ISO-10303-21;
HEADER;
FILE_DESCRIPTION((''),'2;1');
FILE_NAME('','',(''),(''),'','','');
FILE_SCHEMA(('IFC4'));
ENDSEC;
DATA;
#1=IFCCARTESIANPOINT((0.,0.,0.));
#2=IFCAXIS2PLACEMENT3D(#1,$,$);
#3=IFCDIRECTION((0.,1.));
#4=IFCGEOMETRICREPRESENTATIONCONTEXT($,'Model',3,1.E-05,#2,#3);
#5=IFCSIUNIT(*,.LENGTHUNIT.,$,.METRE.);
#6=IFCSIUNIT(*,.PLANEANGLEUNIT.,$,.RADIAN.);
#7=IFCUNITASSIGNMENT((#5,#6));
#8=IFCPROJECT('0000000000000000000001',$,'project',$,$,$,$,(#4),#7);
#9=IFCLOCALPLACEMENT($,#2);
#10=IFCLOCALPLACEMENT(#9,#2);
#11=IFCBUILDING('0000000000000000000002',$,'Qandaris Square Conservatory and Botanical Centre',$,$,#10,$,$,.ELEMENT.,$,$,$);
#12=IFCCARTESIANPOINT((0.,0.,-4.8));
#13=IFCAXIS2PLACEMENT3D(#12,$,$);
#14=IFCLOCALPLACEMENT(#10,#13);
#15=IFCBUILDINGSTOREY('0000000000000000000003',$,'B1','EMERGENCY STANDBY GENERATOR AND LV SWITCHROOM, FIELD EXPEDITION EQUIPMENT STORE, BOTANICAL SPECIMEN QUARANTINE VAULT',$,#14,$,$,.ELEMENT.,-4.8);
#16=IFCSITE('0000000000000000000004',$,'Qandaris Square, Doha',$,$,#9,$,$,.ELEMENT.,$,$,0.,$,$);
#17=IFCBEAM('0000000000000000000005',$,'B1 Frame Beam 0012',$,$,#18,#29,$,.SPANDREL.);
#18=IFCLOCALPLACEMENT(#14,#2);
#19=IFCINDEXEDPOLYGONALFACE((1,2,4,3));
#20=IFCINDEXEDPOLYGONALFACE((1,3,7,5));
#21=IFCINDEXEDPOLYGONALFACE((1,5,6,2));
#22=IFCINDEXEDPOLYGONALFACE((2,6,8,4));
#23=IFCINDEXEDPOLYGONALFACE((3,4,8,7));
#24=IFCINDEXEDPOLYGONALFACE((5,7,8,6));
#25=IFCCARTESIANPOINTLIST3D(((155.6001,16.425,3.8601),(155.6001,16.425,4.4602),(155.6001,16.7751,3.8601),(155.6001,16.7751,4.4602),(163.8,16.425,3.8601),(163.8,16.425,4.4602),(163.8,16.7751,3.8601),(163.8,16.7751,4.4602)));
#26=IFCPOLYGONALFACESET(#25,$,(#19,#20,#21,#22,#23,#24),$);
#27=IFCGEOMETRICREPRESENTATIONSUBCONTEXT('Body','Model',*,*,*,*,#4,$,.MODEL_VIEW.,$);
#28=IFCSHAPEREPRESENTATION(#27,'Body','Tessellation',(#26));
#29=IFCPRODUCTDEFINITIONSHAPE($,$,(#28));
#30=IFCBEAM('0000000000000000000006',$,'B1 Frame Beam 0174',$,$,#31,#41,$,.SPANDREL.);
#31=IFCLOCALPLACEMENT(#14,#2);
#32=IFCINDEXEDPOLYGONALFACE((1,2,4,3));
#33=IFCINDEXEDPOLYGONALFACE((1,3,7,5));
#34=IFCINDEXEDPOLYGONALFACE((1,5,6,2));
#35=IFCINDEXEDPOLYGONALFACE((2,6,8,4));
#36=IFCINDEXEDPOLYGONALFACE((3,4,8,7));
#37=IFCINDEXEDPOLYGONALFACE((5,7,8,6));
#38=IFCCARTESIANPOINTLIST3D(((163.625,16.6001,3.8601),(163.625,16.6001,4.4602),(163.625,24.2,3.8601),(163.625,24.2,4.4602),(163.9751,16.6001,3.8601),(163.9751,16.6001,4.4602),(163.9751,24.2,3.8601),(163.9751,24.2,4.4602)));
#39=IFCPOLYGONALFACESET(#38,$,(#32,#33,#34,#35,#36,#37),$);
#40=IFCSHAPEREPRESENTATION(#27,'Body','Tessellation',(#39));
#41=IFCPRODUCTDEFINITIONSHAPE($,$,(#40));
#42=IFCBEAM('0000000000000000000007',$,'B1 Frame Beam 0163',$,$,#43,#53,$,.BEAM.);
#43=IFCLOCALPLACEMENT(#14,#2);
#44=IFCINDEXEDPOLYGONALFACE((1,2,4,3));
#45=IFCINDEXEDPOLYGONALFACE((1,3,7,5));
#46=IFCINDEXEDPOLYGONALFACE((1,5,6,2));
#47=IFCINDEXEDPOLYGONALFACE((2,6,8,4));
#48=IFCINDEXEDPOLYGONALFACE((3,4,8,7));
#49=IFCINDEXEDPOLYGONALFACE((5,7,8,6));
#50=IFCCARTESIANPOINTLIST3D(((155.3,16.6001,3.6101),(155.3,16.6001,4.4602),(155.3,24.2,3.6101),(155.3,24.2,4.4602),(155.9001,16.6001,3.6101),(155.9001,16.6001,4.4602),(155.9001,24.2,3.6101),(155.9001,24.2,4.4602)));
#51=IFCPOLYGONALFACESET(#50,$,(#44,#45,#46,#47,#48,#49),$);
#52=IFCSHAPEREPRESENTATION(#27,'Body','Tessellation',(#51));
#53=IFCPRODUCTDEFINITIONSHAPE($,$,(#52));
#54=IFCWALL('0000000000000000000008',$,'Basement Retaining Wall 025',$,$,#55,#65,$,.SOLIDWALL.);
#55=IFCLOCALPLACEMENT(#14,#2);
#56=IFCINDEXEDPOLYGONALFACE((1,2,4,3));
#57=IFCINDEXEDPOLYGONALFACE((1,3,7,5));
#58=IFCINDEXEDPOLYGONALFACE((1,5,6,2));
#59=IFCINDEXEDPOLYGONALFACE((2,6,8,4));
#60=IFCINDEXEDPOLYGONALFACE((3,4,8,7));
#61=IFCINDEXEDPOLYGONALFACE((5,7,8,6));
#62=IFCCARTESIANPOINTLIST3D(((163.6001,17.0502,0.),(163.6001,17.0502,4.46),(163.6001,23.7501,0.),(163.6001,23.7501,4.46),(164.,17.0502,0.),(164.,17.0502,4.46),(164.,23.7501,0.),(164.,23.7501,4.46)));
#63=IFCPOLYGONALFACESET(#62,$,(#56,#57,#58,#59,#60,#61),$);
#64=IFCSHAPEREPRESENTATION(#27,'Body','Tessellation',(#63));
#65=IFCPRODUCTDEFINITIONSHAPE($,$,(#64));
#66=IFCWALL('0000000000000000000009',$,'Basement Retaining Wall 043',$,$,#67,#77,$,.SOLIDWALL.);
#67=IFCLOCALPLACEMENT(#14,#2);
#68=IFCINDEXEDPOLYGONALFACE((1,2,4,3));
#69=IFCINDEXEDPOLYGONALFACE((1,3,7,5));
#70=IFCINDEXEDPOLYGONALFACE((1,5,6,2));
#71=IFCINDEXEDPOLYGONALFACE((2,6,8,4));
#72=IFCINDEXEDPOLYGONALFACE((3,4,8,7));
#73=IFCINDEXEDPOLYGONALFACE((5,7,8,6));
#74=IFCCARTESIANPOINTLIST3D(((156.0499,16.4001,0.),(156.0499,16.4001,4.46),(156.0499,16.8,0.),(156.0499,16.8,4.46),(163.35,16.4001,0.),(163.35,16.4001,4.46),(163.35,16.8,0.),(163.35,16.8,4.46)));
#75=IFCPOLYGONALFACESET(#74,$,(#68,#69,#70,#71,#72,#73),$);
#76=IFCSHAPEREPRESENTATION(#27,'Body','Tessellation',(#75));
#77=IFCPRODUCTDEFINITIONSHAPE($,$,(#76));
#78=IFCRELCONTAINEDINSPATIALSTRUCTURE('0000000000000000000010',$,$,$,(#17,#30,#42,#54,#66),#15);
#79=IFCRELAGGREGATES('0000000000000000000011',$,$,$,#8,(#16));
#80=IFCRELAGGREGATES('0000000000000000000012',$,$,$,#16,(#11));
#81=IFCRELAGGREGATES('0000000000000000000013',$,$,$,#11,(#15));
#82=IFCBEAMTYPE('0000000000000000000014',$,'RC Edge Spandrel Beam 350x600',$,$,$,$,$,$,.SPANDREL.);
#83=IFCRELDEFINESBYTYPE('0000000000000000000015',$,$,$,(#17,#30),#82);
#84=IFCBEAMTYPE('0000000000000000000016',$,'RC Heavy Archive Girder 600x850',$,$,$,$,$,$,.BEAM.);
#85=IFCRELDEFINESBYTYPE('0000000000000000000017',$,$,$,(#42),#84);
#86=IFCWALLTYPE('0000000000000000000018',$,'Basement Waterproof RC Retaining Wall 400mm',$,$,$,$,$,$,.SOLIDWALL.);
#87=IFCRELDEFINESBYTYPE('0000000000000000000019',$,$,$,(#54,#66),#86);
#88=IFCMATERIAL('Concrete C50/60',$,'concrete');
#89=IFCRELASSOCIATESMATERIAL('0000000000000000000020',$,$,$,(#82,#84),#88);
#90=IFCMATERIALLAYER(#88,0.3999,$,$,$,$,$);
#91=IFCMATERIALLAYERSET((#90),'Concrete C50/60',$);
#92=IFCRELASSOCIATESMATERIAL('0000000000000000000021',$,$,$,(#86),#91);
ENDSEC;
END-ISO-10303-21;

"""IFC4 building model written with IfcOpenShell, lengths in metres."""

from ifc_helpers import new_model, si_unit, direction, frame, frame_2d, origin, origin_2d, place, context, subcontext, project, spatial, rectangle, extrude, material, layer, layer_set, material_profile, profile_set, type_object, element, save


model = new_model("IFC4")

# Units and contexts
model_context = context("Model", 3, precision=1e-05, world=origin(), true_north=direction((0.0, 1.0)))
body_context = subcontext(model_context, "Body", "Model", "MODEL_VIEW")
ifc_project = project(units=[si_unit("LENGTHUNIT", "METRE"), si_unit("PLANEANGLEUNIT", "RADIAN")], contexts=[model_context])

# Site, building, storey
site_placement = place(None, origin())
site = spatial("IfcSite", under=ifc_project, at=site_placement, Name="Qandaris Square, Doha", CompositionType="ELEMENT", RefElevation=0.0)
building_placement = place(site_placement, origin())
building = spatial("IfcBuilding", under=site, at=building_placement, Name="Qandaris Square Conservatory and Botanical Centre", CompositionType="ELEMENT")
storey_placement = place(building_placement, frame((0.0, 0.0, -4.8)))
storey = spatial("IfcBuildingStorey", under=building, at=storey_placement, Name="B1", Description="EMERGENCY STANDBY GENERATOR AND LV SWITCHROOM, FIELD EXPEDITION EQUIPMENT STORE, BOTANICAL SPECIMEN QUARANTINE VAULT", CompositionType="ELEMENT", Elevation=-4.8)

# Shared definitions
ifc_material_1 = material(Name="Concrete C50/60", Category="concrete")

# Beams
ifc_material_profile_1 = material_profile(ifc_material_1, rectangle(XDim=0.3501, YDim=0.6001, at=origin_2d()), Name="RC-SP 350x600")
ifc_profile_set_1 = profile_set([ifc_material_profile_1], Name="Concrete C50/60")
beam_type_1 = type_object("IfcBeamType", Name="RC Edge Spandrel Beam 350x600", PredefinedType="SPANDREL", material=ifc_profile_set_1)
beam_1_placement = place(storey_placement, frame((155.6001, 16.6001, 4.1602), z_axis=(1.0, 0.0, 0.0), x_axis=(0.0, 1.0, 0.0)))
element("IfcBeam", 1, at=beam_1_placement, inside=storey, type_object=beam_type_1, Name="B1 Frame Beam 0012", PredefinedType="SPANDREL", context=body_context, shape_type="SweptSolid", body=[
    extrude(rectangle(XDim=0.3501, YDim=0.6001, at=origin_2d()), origin(), (0.0, 0.0, 1.0), 8.2),
])
beam_2_placement = place(storey_placement, frame((163.8, 16.6001, 4.1602), z_axis=(0.0, 1.0, 0.0), x_axis=(-1.0, 0.0, 0.0)))
element("IfcBeam", 2, at=beam_2_placement, inside=storey, type_object=beam_type_1, Name="B1 Frame Beam 0174", PredefinedType="SPANDREL", context=body_context, shape_type="SweptSolid", body=[
    extrude(rectangle(XDim=0.3501, YDim=0.6001, at=origin_2d()), origin(), (0.0, 0.0, 1.0), 7.5999),
])
ifc_material_profile_2 = material_profile(ifc_material_1, rectangle(XDim=0.6001, YDim=0.8501, at=origin_2d()), Name="RC-BM 600x850")
ifc_profile_set_2 = profile_set([ifc_material_profile_2], Name="Concrete C50/60")
beam_type_2 = type_object("IfcBeamType", Name="RC Heavy Archive Girder 600x850", PredefinedType="BEAM", material=ifc_profile_set_2)
beam_3_placement = place(storey_placement, frame((155.6001, 16.6001, 4.0352), z_axis=(0.0, 1.0, 0.0), x_axis=(-1.0, 0.0, 0.0)))
element("IfcBeam", 3, at=beam_3_placement, inside=storey, type_object=beam_type_2, Name="B1 Frame Beam 0163", PredefinedType="BEAM", context=body_context, shape_type="SweptSolid", body=[
    extrude(rectangle(XDim=0.6001, YDim=0.8501, at=origin_2d()), origin(), (0.0, 0.0, 1.0), 7.5999),
])

# Walls
ifc_layer = layer(ifc_material_1, 0.3999)
ifc_layer_set = layer_set([ifc_layer], Name="Concrete C50/60")
wall_type = type_object("IfcWallType", Name="Basement Waterproof RC Retaining Wall 400mm", PredefinedType="SOLIDWALL", material=ifc_layer_set)
wall_1_placement = place(storey_placement, frame((163.8, 17.05, 0.0), z_axis=(0.0, 0.0, 1.0), x_axis=(0.0, 1.0, 0.0)))
element("IfcWall", 4, at=wall_1_placement, inside=storey, type_object=wall_type, Name="Basement Retaining Wall 025", PredefinedType="SOLIDWALL", context=body_context, shape_type="SweptSolid", body=[
    extrude(rectangle(XDim=6.7, YDim=0.3999, at=frame_2d((3.3501, 0.0))), origin(), (0.0, 0.0, 1.0), 4.46),
])
wall_2_placement = place(storey_placement, frame((156.05, 16.6001, 0.0), z_axis=(0.0, 0.0, 1.0), x_axis=(1.0, 0.0, 0.0)))
element("IfcWall", 5, at=wall_2_placement, inside=storey, type_object=wall_type, Name="Basement Retaining Wall 043", PredefinedType="SOLIDWALL", context=body_context, shape_type="SweptSolid", body=[
    extrude(rectangle(XDim=7.3, YDim=0.3999, at=frame_2d((3.6499, 0.0))), origin(), (0.0, 0.0, 1.0), 4.46),
])

save(model, "model.ifc")
